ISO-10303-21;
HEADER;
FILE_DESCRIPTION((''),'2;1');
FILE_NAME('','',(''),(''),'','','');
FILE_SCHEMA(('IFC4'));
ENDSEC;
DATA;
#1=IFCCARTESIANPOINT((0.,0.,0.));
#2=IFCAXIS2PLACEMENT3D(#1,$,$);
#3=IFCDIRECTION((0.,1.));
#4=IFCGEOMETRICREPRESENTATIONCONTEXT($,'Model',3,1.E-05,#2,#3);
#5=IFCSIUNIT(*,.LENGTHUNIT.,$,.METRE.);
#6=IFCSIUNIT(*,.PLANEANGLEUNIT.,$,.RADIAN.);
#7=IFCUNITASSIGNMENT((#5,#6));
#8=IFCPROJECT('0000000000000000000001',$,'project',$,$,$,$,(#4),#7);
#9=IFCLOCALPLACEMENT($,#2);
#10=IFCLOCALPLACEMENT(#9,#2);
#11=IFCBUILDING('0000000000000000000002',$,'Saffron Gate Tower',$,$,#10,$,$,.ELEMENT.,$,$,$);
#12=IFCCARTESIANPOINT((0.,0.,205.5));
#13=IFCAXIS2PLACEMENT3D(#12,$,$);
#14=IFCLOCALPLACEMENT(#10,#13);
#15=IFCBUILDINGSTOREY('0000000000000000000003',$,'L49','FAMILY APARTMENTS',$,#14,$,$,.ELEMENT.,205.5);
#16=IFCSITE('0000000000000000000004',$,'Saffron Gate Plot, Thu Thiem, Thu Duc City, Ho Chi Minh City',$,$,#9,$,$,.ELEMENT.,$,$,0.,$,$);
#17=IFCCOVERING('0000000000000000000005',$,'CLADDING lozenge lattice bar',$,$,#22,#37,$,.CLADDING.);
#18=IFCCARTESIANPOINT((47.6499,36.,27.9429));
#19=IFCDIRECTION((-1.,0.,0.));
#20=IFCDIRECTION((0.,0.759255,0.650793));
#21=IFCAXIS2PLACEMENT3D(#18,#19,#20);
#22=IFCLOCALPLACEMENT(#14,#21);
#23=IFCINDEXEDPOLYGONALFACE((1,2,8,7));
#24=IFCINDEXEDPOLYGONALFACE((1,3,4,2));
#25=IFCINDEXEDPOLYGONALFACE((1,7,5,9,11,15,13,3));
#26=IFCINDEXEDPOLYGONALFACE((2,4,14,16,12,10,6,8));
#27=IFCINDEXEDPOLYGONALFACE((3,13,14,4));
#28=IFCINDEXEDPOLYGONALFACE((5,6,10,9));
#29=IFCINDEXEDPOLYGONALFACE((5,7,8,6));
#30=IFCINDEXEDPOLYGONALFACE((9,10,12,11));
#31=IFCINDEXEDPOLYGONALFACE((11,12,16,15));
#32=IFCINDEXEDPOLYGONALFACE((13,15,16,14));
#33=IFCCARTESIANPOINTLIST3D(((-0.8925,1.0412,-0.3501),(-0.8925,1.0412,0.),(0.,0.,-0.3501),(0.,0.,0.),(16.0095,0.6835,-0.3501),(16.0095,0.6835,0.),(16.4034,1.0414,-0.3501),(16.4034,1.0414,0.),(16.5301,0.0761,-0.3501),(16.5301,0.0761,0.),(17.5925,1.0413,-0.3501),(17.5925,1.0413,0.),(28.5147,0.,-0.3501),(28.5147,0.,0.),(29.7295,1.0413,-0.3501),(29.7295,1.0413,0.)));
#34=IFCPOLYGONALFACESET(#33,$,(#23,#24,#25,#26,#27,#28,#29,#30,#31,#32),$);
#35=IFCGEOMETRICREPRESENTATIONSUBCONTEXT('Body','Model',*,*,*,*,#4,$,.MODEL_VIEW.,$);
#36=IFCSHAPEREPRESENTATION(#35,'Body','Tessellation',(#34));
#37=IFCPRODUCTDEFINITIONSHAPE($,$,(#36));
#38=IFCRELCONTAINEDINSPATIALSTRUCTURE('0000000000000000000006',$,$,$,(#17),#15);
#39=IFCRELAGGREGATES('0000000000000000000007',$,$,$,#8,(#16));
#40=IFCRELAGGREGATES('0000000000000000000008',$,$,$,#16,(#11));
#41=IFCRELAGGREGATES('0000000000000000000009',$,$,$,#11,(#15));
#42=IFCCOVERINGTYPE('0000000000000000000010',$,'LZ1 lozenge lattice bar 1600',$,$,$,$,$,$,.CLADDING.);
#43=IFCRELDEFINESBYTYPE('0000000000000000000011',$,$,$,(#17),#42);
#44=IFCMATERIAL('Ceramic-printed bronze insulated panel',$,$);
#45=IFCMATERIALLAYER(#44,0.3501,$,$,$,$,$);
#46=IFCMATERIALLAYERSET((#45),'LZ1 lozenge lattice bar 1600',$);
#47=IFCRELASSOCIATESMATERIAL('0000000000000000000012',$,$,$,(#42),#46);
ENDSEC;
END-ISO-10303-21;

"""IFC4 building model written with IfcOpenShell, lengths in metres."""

from ifc_helpers import new_model, si_unit, direction, frame, origin, place, context, subcontext, project, spatial, polyline, outline, extrude, material, layer, layer_set, type_object, element, save


model = new_model("IFC4")

# Units and contexts
model_context = context("Model", 3, precision=1e-05, world=origin(), true_north=direction((0.0, 1.0)))
body_context = subcontext(model_context, "Body", "Model", "MODEL_VIEW")
ifc_project = project(units=[si_unit("LENGTHUNIT", "METRE"), si_unit("PLANEANGLEUNIT", "RADIAN")], contexts=[model_context])

# Site, building, storey
site_placement = place(None, origin())
site = spatial("IfcSite", under=ifc_project, at=site_placement, Name="Saffron Gate Plot, Thu Thiem, Thu Duc City, Ho Chi Minh City", CompositionType="ELEMENT", RefElevation=0.0)
building_placement = place(site_placement, origin())
building = spatial("IfcBuilding", under=site, at=building_placement, Name="Saffron Gate Tower", CompositionType="ELEMENT")
storey_placement = place(building_placement, frame((0.0, 0.0, 205.5)))
storey = spatial("IfcBuildingStorey", under=building, at=storey_placement, Name="L49", Description="FAMILY APARTMENTS", CompositionType="ELEMENT", Elevation=205.5)

# Covering
ifc_material_1 = material(Name="Ceramic-printed bronze insulated panel")
ifc_layer_1 = layer(ifc_material_1, 0.3501)
ifc_layer_set_1 = layer_set([ifc_layer_1], Name="LZ1 lozenge lattice bar 1600")
covering_type = type_object("IfcCoveringType", Name="LZ1 lozenge lattice bar 1600", PredefinedType="CLADDING", material=ifc_layer_set_1)
covering_1_placement = place(storey_placement, frame((47.6499, 36.0, 27.9429), z_axis=(-1.0, 0.0, 0.0), x_axis=(0.0, 0.759255, 0.650793)))
element("IfcCovering", 1, at=covering_1_placement, inside=storey, type_object=covering_type, Name="CLADDING lozenge lattice bar", PredefinedType="CLADDING", context=body_context, shape_type="SweptSolid", body=[
    extrude(outline(polyline([(0.0, 0.0), (28.5147, 0.0), (29.7295, 1.0413), (17.5925, 1.0413), (16.5301, 0.0761), (16.0095, 0.6835), (16.4034, 1.0414), (-0.8925, 1.0412), (0.0, 0.0)])), origin(), (0.0, 0.0, -1.0), 0.3501),
])

save(model, "model.ifc")
